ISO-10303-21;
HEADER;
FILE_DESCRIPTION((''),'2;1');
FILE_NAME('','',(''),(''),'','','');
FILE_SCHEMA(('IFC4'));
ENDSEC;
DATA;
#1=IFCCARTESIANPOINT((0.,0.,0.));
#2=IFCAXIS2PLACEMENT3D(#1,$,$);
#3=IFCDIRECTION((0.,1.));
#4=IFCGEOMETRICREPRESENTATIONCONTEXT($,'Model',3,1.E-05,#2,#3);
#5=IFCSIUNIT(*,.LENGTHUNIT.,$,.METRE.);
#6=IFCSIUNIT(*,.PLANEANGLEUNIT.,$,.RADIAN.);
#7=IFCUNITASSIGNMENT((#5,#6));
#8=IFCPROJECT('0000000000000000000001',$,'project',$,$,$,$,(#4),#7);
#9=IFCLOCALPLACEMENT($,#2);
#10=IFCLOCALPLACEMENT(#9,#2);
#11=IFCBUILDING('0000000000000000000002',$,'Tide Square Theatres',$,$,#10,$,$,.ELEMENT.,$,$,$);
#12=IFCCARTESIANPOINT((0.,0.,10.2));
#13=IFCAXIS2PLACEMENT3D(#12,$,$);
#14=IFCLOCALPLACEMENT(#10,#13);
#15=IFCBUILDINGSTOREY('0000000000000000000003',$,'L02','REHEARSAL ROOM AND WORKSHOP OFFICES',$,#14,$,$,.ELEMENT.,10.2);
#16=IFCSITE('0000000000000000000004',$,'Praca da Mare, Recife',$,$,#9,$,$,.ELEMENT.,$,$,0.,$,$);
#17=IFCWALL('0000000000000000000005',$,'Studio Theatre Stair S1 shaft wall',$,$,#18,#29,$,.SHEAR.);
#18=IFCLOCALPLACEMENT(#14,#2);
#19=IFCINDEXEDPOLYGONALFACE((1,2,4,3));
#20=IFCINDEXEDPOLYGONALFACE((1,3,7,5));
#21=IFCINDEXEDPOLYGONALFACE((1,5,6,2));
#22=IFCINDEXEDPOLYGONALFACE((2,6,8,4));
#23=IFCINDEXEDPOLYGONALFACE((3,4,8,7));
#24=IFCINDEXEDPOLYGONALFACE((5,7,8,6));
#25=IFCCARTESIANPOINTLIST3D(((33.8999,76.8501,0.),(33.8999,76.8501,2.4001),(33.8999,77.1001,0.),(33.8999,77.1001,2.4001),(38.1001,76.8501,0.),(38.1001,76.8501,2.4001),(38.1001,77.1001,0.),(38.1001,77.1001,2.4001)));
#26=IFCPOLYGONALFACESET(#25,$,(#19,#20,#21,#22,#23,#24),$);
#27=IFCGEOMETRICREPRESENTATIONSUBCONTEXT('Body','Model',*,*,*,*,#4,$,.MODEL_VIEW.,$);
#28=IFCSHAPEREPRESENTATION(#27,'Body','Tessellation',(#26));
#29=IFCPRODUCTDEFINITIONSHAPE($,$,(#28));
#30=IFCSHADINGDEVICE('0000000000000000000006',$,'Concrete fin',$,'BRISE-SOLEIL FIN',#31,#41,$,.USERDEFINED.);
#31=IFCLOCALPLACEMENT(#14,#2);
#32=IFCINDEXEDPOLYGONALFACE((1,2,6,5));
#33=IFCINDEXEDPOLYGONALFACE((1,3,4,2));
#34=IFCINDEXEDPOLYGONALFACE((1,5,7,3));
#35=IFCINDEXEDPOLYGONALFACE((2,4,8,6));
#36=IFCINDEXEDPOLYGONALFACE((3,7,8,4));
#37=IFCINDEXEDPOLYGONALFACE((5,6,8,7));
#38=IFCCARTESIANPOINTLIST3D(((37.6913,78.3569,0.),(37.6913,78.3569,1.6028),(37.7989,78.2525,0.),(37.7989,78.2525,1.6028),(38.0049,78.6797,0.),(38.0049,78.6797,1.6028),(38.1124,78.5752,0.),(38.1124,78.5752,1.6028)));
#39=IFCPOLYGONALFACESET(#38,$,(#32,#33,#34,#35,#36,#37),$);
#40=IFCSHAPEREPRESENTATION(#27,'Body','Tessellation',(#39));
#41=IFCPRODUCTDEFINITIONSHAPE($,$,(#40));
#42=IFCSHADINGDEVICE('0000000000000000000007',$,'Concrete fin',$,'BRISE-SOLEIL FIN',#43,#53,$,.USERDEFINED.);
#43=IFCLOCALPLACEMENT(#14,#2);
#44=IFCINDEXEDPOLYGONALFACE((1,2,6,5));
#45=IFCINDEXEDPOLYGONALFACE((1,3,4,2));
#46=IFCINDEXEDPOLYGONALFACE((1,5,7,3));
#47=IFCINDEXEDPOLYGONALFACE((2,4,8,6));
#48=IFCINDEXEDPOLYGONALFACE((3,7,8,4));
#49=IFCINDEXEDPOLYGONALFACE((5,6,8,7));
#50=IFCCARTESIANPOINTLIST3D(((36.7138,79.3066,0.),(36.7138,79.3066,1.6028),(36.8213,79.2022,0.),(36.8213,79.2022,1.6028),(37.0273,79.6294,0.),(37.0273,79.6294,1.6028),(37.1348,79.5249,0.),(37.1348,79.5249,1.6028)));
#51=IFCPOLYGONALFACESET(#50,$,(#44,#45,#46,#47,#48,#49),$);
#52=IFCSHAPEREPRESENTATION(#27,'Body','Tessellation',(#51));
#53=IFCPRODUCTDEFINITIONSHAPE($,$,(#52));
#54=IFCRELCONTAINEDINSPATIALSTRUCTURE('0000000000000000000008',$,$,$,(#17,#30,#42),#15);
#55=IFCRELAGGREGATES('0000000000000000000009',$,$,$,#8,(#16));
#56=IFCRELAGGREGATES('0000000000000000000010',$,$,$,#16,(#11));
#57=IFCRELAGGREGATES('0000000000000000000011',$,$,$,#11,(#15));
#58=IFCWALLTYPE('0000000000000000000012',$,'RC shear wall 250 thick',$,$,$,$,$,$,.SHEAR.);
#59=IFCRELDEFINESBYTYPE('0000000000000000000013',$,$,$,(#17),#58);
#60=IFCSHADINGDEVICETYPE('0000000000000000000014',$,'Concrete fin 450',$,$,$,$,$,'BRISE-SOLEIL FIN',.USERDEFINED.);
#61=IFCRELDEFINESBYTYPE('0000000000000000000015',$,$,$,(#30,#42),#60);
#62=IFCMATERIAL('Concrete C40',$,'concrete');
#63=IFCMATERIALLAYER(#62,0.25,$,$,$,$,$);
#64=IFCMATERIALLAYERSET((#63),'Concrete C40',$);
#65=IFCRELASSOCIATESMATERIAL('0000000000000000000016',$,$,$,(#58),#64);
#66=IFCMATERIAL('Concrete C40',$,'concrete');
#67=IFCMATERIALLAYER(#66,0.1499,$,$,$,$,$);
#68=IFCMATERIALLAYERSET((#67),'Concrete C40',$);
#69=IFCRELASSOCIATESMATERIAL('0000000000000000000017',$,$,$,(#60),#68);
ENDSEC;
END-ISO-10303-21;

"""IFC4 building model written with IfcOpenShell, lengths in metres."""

from ifc_helpers import new_model, si_unit, direction, frame, frame_2d, origin, origin_2d, place, context, subcontext, project, spatial, rectangle, extrude, material, layer, layer_set, type_object, element, save


model = new_model("IFC4")

# Units and contexts
model_context = context("Model", 3, precision=1e-05, world=origin(), true_north=direction((0.0, 1.0)))
body_context = subcontext(model_context, "Body", "Model", "MODEL_VIEW")
ifc_project = project(units=[si_unit("LENGTHUNIT", "METRE"), si_unit("PLANEANGLEUNIT", "RADIAN")], contexts=[model_context])

# Site, building, storey
site_placement = place(None, origin())
site = spatial("IfcSite", under=ifc_project, at=site_placement, Name="Praca da Mare, Recife", CompositionType="ELEMENT", RefElevation=0.0)
building_placement = place(site_placement, origin())
building = spatial("IfcBuilding", under=site, at=building_placement, Name="Tide Square Theatres", CompositionType="ELEMENT")
storey_placement = place(building_placement, frame((0.0, 0.0, 10.2)))
storey = spatial("IfcBuildingStorey", under=building, at=storey_placement, Name="L02", Description="REHEARSAL ROOM AND WORKSHOP OFFICES", CompositionType="ELEMENT", Elevation=10.2)

# Wall
ifc_material_1 = material(Name="Concrete C40", Category="concrete")
ifc_layer_1 = layer(ifc_material_1, 0.25)
ifc_layer_set_1 = layer_set([ifc_layer_1], Name="Concrete C40")
wall_type_1 = type_object("IfcWallType", Name="RC shear wall 250 thick", PredefinedType="SHEAR", material=ifc_layer_set_1)
wall_1_placement = place(storey_placement, frame((33.8999, 76.9751, 0.0), z_axis=(0.0, 0.0, 1.0), x_axis=(1.0, 0.0, 0.0)))
element("IfcWall", 1, at=wall_1_placement, inside=storey, type_object=wall_type_1, Name="Studio Theatre Stair S1 shaft wall", PredefinedType="SHEAR", context=body_context, shape_type="SweptSolid", body=[
    extrude(rectangle(XDim=4.2002, YDim=0.25, at=frame_2d((2.1001, 0.0))), origin(), (0.0, 0.0, 1.0), 2.4001),
])

# Shading devices
ifc_material_2 = material(Name="Concrete C40", Category="concrete")
ifc_layer_2 = layer(ifc_material_2, 0.1499)
ifc_layer_set_2 = layer_set([ifc_layer_2], Name="Concrete C40")
shading_device_type = type_object("IfcShadingDeviceType", Name="Concrete fin 450", ElementType="BRISE-SOLEIL FIN", PredefinedType="USERDEFINED", material=ifc_layer_set_2)
for number, where, z_axis, x_axis, name in (
    (2, (37.9019, 78.4661, 0.0), (0.0, 0.0, 1.0), (-0.717263, 0.696802, 0.0), "Concrete fin"),
    (3, (36.9243, 79.4158, 0.0), (0.0, 0.0, 1.0), (-0.717263, 0.696802, 0.0), "Concrete fin"),
):
    element("IfcShadingDevice", number, at=place(storey_placement, frame(where, z_axis=z_axis, x_axis=x_axis)), inside=storey, type_object=shading_device_type, Name=name, ObjectType="BRISE-SOLEIL FIN", PredefinedType="USERDEFINED", context=body_context, shape_type="SweptSolid", body=[
        extrude(rectangle(XDim=0.1499, YDim=0.45, at=origin_2d()), origin(), (0.0, 0.0, 1.0), 1.6028),
    ])

save(model, "model.ifc")
